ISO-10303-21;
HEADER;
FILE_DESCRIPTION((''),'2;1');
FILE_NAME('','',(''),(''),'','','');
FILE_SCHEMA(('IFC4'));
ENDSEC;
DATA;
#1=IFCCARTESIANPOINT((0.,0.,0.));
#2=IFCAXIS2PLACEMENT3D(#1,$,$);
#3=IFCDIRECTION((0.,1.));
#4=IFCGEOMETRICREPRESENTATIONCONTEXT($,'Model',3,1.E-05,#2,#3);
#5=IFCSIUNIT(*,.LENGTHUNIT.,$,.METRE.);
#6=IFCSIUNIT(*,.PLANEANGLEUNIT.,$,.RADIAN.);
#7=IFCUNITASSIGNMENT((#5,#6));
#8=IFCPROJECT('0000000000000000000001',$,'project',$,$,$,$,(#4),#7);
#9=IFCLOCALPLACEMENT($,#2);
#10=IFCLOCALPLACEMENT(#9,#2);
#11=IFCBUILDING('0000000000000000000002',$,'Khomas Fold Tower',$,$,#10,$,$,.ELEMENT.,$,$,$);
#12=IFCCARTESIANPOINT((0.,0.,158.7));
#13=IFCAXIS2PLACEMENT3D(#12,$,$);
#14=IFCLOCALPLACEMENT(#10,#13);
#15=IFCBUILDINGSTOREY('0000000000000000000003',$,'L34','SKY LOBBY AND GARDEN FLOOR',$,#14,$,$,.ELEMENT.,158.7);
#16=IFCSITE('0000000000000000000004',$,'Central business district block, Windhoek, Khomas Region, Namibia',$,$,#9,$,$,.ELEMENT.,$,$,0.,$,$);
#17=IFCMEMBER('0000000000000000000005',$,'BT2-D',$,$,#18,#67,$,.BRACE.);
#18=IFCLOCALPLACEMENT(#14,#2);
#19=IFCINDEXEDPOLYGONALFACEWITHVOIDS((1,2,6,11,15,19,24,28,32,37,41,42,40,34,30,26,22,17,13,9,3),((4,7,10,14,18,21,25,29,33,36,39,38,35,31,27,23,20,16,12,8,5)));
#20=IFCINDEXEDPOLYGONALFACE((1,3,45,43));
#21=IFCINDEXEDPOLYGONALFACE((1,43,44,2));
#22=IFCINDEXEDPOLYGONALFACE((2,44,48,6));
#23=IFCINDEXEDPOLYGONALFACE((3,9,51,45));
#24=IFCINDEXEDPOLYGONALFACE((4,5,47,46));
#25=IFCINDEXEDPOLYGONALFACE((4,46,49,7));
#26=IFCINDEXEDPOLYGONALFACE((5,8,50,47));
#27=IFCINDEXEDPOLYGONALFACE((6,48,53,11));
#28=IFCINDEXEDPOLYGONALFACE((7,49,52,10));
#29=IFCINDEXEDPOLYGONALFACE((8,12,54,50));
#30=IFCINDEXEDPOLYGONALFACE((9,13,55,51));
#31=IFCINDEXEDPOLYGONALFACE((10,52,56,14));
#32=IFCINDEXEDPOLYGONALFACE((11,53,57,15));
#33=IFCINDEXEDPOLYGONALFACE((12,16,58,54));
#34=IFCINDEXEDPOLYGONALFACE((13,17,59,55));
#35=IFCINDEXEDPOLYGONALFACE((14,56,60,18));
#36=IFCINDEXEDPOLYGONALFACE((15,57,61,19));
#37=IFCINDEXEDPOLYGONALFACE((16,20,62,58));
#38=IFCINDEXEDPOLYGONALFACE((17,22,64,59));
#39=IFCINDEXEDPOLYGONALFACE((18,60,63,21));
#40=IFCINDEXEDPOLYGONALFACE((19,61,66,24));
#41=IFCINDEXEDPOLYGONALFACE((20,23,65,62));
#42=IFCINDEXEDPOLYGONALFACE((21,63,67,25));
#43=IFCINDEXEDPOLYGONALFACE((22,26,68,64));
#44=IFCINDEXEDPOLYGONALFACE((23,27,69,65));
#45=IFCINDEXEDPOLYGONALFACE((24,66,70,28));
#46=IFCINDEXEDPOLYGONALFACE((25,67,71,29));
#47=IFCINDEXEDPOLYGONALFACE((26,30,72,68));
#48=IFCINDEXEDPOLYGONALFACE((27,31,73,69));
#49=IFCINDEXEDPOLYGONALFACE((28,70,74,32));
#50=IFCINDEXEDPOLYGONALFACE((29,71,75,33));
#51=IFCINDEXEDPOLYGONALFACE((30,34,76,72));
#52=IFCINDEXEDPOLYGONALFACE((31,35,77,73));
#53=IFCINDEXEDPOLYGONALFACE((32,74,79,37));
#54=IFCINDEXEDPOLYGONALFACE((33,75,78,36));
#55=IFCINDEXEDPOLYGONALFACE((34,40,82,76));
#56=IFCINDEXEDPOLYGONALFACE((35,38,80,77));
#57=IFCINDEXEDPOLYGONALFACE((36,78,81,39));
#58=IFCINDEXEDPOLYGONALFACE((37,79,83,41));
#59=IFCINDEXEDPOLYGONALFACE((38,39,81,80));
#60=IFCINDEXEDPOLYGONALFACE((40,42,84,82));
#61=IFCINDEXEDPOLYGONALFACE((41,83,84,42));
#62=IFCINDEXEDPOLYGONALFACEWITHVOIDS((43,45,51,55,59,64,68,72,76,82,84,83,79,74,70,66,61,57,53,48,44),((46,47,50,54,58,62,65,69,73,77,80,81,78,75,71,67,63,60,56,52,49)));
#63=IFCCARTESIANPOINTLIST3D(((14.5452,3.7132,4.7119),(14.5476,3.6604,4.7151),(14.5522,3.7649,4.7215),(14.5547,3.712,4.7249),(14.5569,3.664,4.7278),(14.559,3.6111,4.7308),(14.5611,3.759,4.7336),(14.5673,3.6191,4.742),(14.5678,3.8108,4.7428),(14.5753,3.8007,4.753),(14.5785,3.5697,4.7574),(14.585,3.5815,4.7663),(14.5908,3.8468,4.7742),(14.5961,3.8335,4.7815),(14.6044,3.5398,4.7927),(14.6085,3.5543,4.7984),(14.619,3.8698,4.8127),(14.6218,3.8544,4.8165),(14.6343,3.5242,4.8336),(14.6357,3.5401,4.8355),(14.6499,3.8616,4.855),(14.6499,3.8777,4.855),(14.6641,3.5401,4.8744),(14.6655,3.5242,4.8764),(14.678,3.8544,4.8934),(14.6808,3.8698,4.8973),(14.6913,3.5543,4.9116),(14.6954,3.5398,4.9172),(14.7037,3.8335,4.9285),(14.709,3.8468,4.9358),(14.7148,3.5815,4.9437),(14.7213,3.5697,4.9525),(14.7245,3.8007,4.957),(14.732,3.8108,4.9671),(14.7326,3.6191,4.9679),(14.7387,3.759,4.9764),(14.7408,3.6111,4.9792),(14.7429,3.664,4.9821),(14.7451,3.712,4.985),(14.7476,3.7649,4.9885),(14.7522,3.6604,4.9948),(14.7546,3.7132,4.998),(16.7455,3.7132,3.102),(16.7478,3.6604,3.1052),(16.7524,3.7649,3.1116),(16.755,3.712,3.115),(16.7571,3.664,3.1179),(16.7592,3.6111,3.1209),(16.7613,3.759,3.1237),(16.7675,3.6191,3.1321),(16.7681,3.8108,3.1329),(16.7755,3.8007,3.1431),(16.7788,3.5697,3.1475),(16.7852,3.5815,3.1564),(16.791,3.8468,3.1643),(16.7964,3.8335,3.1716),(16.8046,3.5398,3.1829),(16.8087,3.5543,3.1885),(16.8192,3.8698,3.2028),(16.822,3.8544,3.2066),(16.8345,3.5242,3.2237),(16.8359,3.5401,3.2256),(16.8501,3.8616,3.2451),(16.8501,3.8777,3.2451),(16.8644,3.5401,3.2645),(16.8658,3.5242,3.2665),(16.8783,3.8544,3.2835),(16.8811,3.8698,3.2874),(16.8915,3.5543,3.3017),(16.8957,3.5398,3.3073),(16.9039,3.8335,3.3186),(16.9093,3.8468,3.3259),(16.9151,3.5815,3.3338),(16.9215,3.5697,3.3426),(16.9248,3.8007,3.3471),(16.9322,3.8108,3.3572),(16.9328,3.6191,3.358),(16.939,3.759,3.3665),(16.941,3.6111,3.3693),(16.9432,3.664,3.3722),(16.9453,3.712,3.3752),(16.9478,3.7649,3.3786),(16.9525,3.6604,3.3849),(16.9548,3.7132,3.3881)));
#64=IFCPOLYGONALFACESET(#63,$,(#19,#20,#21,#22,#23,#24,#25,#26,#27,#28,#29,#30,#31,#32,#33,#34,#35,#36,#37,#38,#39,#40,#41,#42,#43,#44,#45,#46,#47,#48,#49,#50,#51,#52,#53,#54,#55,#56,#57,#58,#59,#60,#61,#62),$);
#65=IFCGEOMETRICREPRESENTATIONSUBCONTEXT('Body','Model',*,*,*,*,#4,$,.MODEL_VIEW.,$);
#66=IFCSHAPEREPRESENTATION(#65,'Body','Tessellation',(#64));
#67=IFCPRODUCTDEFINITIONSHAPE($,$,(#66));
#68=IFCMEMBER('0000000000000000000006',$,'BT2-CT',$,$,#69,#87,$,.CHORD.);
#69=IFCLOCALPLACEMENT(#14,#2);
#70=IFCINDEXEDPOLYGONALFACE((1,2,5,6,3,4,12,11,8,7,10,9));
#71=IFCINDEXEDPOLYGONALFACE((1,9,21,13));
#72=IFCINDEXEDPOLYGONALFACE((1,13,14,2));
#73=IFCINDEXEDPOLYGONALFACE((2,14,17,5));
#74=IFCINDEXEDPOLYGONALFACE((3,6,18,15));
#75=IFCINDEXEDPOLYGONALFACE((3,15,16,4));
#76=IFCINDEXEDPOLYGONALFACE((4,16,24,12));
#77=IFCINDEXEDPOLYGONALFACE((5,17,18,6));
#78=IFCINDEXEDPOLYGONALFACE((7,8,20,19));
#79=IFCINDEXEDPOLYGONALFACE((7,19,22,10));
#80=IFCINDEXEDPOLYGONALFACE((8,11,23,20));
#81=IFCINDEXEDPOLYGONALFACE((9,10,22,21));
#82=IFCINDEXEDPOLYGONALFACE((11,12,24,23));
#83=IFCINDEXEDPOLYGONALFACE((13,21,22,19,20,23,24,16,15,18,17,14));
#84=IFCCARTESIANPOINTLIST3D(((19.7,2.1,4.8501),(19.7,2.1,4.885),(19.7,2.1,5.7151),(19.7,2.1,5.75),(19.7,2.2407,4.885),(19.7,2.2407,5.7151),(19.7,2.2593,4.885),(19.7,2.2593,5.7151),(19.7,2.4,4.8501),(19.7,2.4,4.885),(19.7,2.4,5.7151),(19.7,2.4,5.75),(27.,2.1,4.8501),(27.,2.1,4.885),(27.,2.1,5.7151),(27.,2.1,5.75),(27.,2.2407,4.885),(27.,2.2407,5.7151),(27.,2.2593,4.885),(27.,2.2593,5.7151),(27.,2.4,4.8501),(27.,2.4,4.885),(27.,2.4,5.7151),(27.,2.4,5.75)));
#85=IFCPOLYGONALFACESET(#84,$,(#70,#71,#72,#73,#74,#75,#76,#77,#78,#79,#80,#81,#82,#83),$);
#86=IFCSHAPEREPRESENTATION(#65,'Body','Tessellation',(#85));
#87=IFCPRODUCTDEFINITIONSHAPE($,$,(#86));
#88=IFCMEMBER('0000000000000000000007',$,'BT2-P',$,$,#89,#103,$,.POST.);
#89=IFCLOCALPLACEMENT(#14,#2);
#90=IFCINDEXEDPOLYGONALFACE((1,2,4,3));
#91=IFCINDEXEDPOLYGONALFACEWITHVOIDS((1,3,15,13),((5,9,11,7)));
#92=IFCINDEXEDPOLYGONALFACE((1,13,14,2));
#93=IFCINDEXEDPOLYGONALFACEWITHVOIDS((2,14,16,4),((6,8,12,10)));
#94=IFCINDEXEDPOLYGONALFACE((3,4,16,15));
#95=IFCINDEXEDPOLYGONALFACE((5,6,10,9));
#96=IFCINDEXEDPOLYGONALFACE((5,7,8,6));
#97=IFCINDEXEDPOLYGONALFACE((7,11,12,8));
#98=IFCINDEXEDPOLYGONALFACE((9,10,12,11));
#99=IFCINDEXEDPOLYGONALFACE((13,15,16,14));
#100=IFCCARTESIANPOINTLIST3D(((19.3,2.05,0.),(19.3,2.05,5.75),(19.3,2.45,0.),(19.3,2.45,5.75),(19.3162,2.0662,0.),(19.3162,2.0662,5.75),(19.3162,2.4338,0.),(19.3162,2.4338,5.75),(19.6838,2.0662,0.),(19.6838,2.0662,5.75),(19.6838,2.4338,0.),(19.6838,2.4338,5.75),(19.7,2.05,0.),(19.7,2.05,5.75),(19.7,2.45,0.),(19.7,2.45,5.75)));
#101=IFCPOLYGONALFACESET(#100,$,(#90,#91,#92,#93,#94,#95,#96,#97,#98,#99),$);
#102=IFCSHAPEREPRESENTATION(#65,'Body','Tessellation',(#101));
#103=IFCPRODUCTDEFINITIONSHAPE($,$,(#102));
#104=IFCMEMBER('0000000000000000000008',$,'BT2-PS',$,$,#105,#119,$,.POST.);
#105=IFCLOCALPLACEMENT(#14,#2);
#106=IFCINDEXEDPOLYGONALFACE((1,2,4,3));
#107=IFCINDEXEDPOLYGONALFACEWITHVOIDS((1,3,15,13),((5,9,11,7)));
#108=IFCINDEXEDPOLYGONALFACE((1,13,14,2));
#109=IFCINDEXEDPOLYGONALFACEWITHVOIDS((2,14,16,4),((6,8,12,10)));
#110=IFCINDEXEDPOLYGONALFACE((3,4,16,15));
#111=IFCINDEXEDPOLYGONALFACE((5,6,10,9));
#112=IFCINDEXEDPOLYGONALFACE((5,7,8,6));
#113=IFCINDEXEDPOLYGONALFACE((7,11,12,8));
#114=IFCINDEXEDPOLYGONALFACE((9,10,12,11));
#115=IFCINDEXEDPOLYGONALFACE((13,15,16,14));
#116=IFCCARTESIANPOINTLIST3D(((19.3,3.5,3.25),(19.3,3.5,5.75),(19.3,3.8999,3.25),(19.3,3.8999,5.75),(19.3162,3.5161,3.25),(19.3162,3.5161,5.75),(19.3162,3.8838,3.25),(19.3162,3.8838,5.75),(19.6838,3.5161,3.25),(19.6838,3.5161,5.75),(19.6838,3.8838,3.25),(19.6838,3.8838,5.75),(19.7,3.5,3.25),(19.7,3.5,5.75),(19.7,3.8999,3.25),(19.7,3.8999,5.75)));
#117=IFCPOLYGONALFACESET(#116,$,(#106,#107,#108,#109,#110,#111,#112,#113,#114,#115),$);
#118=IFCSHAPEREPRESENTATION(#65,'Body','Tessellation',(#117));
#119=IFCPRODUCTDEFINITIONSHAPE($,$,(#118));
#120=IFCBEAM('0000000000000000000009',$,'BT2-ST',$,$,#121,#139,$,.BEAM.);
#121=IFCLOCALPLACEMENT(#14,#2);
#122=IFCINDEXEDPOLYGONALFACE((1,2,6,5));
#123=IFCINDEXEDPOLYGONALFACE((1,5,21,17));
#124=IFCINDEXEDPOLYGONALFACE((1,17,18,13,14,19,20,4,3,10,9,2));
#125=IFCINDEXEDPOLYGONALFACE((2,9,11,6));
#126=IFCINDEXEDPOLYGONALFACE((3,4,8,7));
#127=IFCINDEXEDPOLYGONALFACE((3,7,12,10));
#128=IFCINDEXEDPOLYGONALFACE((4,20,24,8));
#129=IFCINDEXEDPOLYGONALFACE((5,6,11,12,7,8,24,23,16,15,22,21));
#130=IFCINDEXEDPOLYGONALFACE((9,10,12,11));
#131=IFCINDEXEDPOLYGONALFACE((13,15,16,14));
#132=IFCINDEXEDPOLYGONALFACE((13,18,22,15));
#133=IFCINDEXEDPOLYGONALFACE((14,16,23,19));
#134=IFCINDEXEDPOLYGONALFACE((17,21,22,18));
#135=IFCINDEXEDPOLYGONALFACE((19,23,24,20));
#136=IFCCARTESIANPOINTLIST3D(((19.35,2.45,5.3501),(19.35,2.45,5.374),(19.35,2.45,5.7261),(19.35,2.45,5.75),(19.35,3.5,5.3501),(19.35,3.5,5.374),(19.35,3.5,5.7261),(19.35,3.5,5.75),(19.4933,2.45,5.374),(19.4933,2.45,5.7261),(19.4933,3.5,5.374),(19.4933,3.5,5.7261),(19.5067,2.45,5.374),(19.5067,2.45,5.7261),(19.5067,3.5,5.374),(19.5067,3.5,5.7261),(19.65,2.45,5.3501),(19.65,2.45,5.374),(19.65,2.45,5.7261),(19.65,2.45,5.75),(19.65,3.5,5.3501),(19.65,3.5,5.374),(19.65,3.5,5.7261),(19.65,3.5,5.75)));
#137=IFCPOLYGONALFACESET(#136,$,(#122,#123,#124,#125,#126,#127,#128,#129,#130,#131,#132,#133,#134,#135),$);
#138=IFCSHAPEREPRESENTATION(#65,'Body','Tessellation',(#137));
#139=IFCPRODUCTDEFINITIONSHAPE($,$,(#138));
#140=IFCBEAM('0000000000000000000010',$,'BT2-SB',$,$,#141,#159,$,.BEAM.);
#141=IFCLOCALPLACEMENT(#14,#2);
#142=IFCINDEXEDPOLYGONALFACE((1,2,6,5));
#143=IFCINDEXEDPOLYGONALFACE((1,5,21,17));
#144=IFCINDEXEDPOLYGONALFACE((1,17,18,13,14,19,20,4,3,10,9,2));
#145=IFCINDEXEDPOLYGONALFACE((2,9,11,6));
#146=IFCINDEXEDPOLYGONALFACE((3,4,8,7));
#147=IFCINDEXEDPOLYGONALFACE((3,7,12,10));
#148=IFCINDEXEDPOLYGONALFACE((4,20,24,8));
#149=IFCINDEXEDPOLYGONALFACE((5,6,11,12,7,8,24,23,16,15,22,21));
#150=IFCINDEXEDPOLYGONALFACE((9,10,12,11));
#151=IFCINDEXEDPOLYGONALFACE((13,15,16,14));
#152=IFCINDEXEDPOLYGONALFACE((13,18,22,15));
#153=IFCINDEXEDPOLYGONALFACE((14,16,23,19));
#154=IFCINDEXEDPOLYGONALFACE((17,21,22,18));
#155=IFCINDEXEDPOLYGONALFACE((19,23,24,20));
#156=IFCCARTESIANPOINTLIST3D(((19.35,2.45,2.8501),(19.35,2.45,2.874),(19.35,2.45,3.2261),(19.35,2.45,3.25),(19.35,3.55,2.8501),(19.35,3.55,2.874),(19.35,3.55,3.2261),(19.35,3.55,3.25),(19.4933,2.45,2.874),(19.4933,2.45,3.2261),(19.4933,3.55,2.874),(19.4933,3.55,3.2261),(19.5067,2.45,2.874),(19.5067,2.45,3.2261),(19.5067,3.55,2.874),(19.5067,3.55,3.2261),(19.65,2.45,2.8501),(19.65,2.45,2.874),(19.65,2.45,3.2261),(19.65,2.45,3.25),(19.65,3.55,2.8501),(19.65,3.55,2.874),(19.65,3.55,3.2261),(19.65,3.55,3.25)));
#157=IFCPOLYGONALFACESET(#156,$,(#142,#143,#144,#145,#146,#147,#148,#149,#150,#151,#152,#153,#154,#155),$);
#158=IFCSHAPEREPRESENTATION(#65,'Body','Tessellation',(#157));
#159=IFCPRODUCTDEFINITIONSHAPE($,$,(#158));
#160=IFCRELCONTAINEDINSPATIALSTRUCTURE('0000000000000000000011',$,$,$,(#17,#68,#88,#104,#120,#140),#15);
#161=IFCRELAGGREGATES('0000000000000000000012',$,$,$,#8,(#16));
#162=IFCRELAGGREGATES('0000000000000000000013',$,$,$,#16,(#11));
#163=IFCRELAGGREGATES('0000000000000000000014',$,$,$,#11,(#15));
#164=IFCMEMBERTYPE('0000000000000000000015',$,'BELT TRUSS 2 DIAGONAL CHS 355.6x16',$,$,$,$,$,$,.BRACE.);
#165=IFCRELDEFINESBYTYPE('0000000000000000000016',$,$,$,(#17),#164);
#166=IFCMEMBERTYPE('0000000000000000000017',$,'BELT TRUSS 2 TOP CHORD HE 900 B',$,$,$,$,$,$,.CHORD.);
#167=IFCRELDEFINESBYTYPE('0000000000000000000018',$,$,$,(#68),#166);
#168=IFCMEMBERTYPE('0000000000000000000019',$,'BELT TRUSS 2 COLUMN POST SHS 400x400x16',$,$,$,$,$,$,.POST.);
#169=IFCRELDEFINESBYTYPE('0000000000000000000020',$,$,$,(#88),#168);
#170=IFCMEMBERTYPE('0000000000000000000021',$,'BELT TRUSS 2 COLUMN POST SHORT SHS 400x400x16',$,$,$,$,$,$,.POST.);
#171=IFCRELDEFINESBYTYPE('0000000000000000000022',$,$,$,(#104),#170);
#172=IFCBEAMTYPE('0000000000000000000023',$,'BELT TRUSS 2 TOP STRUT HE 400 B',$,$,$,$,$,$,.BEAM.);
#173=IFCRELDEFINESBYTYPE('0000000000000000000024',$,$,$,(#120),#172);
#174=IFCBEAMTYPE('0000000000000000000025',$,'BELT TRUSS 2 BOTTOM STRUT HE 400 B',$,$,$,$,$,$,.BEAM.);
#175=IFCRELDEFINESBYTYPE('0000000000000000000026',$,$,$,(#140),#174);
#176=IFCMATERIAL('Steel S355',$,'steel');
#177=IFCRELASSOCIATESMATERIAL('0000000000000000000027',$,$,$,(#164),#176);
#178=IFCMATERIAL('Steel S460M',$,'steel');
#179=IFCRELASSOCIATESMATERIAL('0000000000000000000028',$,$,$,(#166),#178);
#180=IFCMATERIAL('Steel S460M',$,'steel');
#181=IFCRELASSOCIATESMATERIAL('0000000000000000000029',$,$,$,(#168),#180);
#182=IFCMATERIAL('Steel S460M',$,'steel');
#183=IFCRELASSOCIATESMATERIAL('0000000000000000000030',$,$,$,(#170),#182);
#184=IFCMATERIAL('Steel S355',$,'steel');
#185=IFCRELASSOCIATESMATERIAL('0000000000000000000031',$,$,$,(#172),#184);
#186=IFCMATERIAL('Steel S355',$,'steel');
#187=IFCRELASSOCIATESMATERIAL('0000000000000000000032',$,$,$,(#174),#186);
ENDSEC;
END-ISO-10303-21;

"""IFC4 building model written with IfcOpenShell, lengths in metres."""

from ifc_helpers import new_model, si_unit, direction, frame, origin, origin_2d, place, context, subcontext, project, spatial, hollow_rectangle, hollow_circle, i_section, extrude, source, transform, mapped, material, material_profile, profile_set, type_object, element, save


model = new_model("IFC4")

# Units and contexts
model_context = context("Model", 3, precision=1e-05, world=origin(), true_north=direction((0.0, 1.0)))
body_context = subcontext(model_context, "Body", "Model", "MODEL_VIEW")
ifc_project = project(units=[si_unit("LENGTHUNIT", "METRE"), si_unit("PLANEANGLEUNIT", "RADIAN")], contexts=[model_context])

# Site, building, storey
site_placement = place(None, origin())
site = spatial("IfcSite", under=ifc_project, at=site_placement, Name="Central business district block, Windhoek, Khomas Region, Namibia", CompositionType="ELEMENT", RefElevation=0.0)
building_placement = place(site_placement, origin())
building = spatial("IfcBuilding", under=site, at=building_placement, Name="Khomas Fold Tower", CompositionType="ELEMENT")
storey_placement = place(building_placement, frame((0.0, 0.0, 158.7)))
storey = spatial("IfcBuildingStorey", under=building, at=storey_placement, Name="L34", Description="SKY LOBBY AND GARDEN FLOOR", CompositionType="ELEMENT", Elevation=158.7)

# Members
ifc_material_1 = material(Name="Steel S355", Category="steel")
ifc_material_profile_1 = material_profile(ifc_material_1, hollow_circle(Radius=0.1777, WallThickness=0.0161, at=origin_2d()), Name="CHS 355.6x16")
ifc_profile_set_1 = profile_set([ifc_material_profile_1], Name="Steel S355")
member_type_1 = type_object("IfcMemberType", Name="BELT TRUSS 2 DIAGONAL CHS 355.6x16", PredefinedType="BRACE", material=ifc_profile_set_1)
shared_shape_1 = source(origin(), body_context, "Body", "SweptSolid", [
    extrude(hollow_circle(Radius=0.1777, WallThickness=0.0161, at=origin_2d()), origin(), (0.0, 0.0, 1.0), 2.7263),
])
for number, where, z_axis, x_axis, name in (
    (1, (14.6499, 3.7, 4.855), (0.807037, 0.0, -0.590501), (0.0, 1.0, 0.0), "BT2-D"),
):
    element("IfcMember", number, at=place(storey_placement, frame(where, z_axis=z_axis, x_axis=x_axis)), inside=storey, type_object=member_type_1, Name=name, PredefinedType="BRACE", context=body_context, shape_type="MappedRepresentation", body=[
        mapped(shared_shape_1, transform((0.0, 0.0, 0.0))),
    ])
ifc_material_2 = material(Name="Steel S460M", Category="steel")
ifc_material_profile_2 = material_profile(ifc_material_2, i_section(OverallWidth=0.3, OverallDepth=0.8999, WebThickness=0.0186, FlangeThickness=0.0349, at=origin_2d()), Name="HE 900 B")
ifc_profile_set_2 = profile_set([ifc_material_profile_2], Name="Steel S460M")
member_type_2 = type_object("IfcMemberType", Name="BELT TRUSS 2 TOP CHORD HE 900 B", PredefinedType="CHORD", material=ifc_profile_set_2)
shared_shape_2 = source(origin(), body_context, "Body", "SweptSolid", [
    extrude(i_section(OverallWidth=0.3, OverallDepth=0.8999, WebThickness=0.0186, FlangeThickness=0.0349, at=origin_2d()), origin(), (0.0, 0.0, 1.0), 7.3),
])
member_1_placement = place(storey_placement, frame((19.7, 2.25, 5.3), z_axis=(1.0, 0.0, 0.0), x_axis=(0.0, 1.0, 0.0)))
element("IfcMember", 2, at=member_1_placement, inside=storey, type_object=member_type_2, Name="BT2-CT", PredefinedType="CHORD", context=body_context, shape_type="MappedRepresentation", body=[
    mapped(shared_shape_2, transform((0.0, 0.0, 0.0))),
])
ifc_material_3 = material(Name="Steel S460M", Category="steel")
ifc_material_profile_3 = material_profile(ifc_material_3, hollow_rectangle(XDim=0.3999, YDim=0.3999, WallThickness=0.0161, at=origin_2d()), Name="SHS 400x400x16")
ifc_profile_set_3 = profile_set([ifc_material_profile_3], Name="Steel S460M")
member_type_3 = type_object("IfcMemberType", Name="BELT TRUSS 2 COLUMN POST SHS 400x400x16", PredefinedType="POST", material=ifc_profile_set_3)
shared_shape_3 = source(origin(), body_context, "Body", "SweptSolid", [
    extrude(hollow_rectangle(XDim=0.3999, YDim=0.3999, WallThickness=0.0161, at=origin_2d()), origin(), (0.0, 0.0, 1.0), 5.75),
])
member_2_placement = place(storey_placement, frame((19.5, 2.25, 0.0), z_axis=(0.0, 0.0, 1.0), x_axis=(1.0, 0.0, 0.0)))
element("IfcMember", 3, at=member_2_placement, inside=storey, type_object=member_type_3, Name="BT2-P", PredefinedType="POST", context=body_context, shape_type="MappedRepresentation", body=[
    mapped(shared_shape_3, transform((0.0, 0.0, 0.0))),
])
ifc_material_4 = material(Name="Steel S460M", Category="steel")
ifc_material_profile_4 = material_profile(ifc_material_4, hollow_rectangle(XDim=0.3999, YDim=0.3999, WallThickness=0.0161, at=origin_2d()), Name="SHS 400x400x16")
ifc_profile_set_4 = profile_set([ifc_material_profile_4], Name="Steel S460M")
member_type_4 = type_object("IfcMemberType", Name="BELT TRUSS 2 COLUMN POST SHORT SHS 400x400x16", PredefinedType="POST", material=ifc_profile_set_4)
shared_shape_4 = source(origin(), body_context, "Body", "SweptSolid", [
    extrude(hollow_rectangle(XDim=0.3999, YDim=0.3999, WallThickness=0.0161, at=origin_2d()), origin(), (0.0, 0.0, 1.0), 2.5),
])
member_3_placement = place(storey_placement, frame((19.5, 3.7, 3.25), z_axis=(0.0, 0.0, 1.0), x_axis=(1.0, 0.0, 0.0)))
element("IfcMember", 4, at=member_3_placement, inside=storey, type_object=member_type_4, Name="BT2-PS", PredefinedType="POST", context=body_context, shape_type="MappedRepresentation", body=[
    mapped(shared_shape_4, transform((0.0, 0.0, 0.0))),
])

# Beams
ifc_material_5 = material(Name="Steel S355", Category="steel")
ifc_material_profile_5 = material_profile(ifc_material_5, i_section(OverallWidth=0.3, OverallDepth=0.3999, WebThickness=0.0134, FlangeThickness=0.0239, at=origin_2d()), Name="HE 400 B")
ifc_profile_set_5 = profile_set([ifc_material_profile_5], Name="Steel S355")
beam_type_1 = type_object("IfcBeamType", Name="BELT TRUSS 2 TOP STRUT HE 400 B", PredefinedType="BEAM", material=ifc_profile_set_5)
shared_shape_5 = source(origin(), body_context, "Body", "SweptSolid", [
    extrude(i_section(OverallWidth=0.3, OverallDepth=0.3999, WebThickness=0.0134, FlangeThickness=0.0239, at=origin_2d()), origin(), (0.0, 0.0, 1.0), 1.05),
])
beam_1_placement = place(storey_placement, frame((19.5, 3.5, 5.55), z_axis=(0.0, -1.0, 0.0), x_axis=(1.0, 0.0, 0.0)))
element("IfcBeam", 5, at=beam_1_placement, inside=storey, type_object=beam_type_1, Name="BT2-ST", PredefinedType="BEAM", context=body_context, shape_type="MappedRepresentation", body=[
    mapped(shared_shape_5, transform((0.0, 0.0, 0.0))),
])
ifc_material_6 = material(Name="Steel S355", Category="steel")
ifc_material_profile_6 = material_profile(ifc_material_6, i_section(OverallWidth=0.3, OverallDepth=0.3999, WebThickness=0.0134, FlangeThickness=0.0239, at=origin_2d()), Name="HE 400 B")
ifc_profile_set_6 = profile_set([ifc_material_profile_6], Name="Steel S355")
beam_type_2 = type_object("IfcBeamType", Name="BELT TRUSS 2 BOTTOM STRUT HE 400 B", PredefinedType="BEAM", material=ifc_profile_set_6)
shared_shape_6 = source(origin(), body_context, "Body", "SweptSolid", [
    extrude(i_section(OverallWidth=0.3, OverallDepth=0.3999, WebThickness=0.0134, FlangeThickness=0.0239, at=origin_2d()), origin(), (0.0, 0.0, 1.0), 1.1001),
])
beam_2_placement = place(storey_placement, frame((19.5, 3.55, 3.05), z_axis=(0.0, -1.0, 0.0), x_axis=(1.0, 0.0, 0.0)))
element("IfcBeam", 6, at=beam_2_placement, inside=storey, type_object=beam_type_2, Name="BT2-SB", PredefinedType="BEAM", context=body_context, shape_type="MappedRepresentation", body=[
    mapped(shared_shape_6, transform((0.0, 0.0, 0.0))),
])

save(model, "model.ifc")
